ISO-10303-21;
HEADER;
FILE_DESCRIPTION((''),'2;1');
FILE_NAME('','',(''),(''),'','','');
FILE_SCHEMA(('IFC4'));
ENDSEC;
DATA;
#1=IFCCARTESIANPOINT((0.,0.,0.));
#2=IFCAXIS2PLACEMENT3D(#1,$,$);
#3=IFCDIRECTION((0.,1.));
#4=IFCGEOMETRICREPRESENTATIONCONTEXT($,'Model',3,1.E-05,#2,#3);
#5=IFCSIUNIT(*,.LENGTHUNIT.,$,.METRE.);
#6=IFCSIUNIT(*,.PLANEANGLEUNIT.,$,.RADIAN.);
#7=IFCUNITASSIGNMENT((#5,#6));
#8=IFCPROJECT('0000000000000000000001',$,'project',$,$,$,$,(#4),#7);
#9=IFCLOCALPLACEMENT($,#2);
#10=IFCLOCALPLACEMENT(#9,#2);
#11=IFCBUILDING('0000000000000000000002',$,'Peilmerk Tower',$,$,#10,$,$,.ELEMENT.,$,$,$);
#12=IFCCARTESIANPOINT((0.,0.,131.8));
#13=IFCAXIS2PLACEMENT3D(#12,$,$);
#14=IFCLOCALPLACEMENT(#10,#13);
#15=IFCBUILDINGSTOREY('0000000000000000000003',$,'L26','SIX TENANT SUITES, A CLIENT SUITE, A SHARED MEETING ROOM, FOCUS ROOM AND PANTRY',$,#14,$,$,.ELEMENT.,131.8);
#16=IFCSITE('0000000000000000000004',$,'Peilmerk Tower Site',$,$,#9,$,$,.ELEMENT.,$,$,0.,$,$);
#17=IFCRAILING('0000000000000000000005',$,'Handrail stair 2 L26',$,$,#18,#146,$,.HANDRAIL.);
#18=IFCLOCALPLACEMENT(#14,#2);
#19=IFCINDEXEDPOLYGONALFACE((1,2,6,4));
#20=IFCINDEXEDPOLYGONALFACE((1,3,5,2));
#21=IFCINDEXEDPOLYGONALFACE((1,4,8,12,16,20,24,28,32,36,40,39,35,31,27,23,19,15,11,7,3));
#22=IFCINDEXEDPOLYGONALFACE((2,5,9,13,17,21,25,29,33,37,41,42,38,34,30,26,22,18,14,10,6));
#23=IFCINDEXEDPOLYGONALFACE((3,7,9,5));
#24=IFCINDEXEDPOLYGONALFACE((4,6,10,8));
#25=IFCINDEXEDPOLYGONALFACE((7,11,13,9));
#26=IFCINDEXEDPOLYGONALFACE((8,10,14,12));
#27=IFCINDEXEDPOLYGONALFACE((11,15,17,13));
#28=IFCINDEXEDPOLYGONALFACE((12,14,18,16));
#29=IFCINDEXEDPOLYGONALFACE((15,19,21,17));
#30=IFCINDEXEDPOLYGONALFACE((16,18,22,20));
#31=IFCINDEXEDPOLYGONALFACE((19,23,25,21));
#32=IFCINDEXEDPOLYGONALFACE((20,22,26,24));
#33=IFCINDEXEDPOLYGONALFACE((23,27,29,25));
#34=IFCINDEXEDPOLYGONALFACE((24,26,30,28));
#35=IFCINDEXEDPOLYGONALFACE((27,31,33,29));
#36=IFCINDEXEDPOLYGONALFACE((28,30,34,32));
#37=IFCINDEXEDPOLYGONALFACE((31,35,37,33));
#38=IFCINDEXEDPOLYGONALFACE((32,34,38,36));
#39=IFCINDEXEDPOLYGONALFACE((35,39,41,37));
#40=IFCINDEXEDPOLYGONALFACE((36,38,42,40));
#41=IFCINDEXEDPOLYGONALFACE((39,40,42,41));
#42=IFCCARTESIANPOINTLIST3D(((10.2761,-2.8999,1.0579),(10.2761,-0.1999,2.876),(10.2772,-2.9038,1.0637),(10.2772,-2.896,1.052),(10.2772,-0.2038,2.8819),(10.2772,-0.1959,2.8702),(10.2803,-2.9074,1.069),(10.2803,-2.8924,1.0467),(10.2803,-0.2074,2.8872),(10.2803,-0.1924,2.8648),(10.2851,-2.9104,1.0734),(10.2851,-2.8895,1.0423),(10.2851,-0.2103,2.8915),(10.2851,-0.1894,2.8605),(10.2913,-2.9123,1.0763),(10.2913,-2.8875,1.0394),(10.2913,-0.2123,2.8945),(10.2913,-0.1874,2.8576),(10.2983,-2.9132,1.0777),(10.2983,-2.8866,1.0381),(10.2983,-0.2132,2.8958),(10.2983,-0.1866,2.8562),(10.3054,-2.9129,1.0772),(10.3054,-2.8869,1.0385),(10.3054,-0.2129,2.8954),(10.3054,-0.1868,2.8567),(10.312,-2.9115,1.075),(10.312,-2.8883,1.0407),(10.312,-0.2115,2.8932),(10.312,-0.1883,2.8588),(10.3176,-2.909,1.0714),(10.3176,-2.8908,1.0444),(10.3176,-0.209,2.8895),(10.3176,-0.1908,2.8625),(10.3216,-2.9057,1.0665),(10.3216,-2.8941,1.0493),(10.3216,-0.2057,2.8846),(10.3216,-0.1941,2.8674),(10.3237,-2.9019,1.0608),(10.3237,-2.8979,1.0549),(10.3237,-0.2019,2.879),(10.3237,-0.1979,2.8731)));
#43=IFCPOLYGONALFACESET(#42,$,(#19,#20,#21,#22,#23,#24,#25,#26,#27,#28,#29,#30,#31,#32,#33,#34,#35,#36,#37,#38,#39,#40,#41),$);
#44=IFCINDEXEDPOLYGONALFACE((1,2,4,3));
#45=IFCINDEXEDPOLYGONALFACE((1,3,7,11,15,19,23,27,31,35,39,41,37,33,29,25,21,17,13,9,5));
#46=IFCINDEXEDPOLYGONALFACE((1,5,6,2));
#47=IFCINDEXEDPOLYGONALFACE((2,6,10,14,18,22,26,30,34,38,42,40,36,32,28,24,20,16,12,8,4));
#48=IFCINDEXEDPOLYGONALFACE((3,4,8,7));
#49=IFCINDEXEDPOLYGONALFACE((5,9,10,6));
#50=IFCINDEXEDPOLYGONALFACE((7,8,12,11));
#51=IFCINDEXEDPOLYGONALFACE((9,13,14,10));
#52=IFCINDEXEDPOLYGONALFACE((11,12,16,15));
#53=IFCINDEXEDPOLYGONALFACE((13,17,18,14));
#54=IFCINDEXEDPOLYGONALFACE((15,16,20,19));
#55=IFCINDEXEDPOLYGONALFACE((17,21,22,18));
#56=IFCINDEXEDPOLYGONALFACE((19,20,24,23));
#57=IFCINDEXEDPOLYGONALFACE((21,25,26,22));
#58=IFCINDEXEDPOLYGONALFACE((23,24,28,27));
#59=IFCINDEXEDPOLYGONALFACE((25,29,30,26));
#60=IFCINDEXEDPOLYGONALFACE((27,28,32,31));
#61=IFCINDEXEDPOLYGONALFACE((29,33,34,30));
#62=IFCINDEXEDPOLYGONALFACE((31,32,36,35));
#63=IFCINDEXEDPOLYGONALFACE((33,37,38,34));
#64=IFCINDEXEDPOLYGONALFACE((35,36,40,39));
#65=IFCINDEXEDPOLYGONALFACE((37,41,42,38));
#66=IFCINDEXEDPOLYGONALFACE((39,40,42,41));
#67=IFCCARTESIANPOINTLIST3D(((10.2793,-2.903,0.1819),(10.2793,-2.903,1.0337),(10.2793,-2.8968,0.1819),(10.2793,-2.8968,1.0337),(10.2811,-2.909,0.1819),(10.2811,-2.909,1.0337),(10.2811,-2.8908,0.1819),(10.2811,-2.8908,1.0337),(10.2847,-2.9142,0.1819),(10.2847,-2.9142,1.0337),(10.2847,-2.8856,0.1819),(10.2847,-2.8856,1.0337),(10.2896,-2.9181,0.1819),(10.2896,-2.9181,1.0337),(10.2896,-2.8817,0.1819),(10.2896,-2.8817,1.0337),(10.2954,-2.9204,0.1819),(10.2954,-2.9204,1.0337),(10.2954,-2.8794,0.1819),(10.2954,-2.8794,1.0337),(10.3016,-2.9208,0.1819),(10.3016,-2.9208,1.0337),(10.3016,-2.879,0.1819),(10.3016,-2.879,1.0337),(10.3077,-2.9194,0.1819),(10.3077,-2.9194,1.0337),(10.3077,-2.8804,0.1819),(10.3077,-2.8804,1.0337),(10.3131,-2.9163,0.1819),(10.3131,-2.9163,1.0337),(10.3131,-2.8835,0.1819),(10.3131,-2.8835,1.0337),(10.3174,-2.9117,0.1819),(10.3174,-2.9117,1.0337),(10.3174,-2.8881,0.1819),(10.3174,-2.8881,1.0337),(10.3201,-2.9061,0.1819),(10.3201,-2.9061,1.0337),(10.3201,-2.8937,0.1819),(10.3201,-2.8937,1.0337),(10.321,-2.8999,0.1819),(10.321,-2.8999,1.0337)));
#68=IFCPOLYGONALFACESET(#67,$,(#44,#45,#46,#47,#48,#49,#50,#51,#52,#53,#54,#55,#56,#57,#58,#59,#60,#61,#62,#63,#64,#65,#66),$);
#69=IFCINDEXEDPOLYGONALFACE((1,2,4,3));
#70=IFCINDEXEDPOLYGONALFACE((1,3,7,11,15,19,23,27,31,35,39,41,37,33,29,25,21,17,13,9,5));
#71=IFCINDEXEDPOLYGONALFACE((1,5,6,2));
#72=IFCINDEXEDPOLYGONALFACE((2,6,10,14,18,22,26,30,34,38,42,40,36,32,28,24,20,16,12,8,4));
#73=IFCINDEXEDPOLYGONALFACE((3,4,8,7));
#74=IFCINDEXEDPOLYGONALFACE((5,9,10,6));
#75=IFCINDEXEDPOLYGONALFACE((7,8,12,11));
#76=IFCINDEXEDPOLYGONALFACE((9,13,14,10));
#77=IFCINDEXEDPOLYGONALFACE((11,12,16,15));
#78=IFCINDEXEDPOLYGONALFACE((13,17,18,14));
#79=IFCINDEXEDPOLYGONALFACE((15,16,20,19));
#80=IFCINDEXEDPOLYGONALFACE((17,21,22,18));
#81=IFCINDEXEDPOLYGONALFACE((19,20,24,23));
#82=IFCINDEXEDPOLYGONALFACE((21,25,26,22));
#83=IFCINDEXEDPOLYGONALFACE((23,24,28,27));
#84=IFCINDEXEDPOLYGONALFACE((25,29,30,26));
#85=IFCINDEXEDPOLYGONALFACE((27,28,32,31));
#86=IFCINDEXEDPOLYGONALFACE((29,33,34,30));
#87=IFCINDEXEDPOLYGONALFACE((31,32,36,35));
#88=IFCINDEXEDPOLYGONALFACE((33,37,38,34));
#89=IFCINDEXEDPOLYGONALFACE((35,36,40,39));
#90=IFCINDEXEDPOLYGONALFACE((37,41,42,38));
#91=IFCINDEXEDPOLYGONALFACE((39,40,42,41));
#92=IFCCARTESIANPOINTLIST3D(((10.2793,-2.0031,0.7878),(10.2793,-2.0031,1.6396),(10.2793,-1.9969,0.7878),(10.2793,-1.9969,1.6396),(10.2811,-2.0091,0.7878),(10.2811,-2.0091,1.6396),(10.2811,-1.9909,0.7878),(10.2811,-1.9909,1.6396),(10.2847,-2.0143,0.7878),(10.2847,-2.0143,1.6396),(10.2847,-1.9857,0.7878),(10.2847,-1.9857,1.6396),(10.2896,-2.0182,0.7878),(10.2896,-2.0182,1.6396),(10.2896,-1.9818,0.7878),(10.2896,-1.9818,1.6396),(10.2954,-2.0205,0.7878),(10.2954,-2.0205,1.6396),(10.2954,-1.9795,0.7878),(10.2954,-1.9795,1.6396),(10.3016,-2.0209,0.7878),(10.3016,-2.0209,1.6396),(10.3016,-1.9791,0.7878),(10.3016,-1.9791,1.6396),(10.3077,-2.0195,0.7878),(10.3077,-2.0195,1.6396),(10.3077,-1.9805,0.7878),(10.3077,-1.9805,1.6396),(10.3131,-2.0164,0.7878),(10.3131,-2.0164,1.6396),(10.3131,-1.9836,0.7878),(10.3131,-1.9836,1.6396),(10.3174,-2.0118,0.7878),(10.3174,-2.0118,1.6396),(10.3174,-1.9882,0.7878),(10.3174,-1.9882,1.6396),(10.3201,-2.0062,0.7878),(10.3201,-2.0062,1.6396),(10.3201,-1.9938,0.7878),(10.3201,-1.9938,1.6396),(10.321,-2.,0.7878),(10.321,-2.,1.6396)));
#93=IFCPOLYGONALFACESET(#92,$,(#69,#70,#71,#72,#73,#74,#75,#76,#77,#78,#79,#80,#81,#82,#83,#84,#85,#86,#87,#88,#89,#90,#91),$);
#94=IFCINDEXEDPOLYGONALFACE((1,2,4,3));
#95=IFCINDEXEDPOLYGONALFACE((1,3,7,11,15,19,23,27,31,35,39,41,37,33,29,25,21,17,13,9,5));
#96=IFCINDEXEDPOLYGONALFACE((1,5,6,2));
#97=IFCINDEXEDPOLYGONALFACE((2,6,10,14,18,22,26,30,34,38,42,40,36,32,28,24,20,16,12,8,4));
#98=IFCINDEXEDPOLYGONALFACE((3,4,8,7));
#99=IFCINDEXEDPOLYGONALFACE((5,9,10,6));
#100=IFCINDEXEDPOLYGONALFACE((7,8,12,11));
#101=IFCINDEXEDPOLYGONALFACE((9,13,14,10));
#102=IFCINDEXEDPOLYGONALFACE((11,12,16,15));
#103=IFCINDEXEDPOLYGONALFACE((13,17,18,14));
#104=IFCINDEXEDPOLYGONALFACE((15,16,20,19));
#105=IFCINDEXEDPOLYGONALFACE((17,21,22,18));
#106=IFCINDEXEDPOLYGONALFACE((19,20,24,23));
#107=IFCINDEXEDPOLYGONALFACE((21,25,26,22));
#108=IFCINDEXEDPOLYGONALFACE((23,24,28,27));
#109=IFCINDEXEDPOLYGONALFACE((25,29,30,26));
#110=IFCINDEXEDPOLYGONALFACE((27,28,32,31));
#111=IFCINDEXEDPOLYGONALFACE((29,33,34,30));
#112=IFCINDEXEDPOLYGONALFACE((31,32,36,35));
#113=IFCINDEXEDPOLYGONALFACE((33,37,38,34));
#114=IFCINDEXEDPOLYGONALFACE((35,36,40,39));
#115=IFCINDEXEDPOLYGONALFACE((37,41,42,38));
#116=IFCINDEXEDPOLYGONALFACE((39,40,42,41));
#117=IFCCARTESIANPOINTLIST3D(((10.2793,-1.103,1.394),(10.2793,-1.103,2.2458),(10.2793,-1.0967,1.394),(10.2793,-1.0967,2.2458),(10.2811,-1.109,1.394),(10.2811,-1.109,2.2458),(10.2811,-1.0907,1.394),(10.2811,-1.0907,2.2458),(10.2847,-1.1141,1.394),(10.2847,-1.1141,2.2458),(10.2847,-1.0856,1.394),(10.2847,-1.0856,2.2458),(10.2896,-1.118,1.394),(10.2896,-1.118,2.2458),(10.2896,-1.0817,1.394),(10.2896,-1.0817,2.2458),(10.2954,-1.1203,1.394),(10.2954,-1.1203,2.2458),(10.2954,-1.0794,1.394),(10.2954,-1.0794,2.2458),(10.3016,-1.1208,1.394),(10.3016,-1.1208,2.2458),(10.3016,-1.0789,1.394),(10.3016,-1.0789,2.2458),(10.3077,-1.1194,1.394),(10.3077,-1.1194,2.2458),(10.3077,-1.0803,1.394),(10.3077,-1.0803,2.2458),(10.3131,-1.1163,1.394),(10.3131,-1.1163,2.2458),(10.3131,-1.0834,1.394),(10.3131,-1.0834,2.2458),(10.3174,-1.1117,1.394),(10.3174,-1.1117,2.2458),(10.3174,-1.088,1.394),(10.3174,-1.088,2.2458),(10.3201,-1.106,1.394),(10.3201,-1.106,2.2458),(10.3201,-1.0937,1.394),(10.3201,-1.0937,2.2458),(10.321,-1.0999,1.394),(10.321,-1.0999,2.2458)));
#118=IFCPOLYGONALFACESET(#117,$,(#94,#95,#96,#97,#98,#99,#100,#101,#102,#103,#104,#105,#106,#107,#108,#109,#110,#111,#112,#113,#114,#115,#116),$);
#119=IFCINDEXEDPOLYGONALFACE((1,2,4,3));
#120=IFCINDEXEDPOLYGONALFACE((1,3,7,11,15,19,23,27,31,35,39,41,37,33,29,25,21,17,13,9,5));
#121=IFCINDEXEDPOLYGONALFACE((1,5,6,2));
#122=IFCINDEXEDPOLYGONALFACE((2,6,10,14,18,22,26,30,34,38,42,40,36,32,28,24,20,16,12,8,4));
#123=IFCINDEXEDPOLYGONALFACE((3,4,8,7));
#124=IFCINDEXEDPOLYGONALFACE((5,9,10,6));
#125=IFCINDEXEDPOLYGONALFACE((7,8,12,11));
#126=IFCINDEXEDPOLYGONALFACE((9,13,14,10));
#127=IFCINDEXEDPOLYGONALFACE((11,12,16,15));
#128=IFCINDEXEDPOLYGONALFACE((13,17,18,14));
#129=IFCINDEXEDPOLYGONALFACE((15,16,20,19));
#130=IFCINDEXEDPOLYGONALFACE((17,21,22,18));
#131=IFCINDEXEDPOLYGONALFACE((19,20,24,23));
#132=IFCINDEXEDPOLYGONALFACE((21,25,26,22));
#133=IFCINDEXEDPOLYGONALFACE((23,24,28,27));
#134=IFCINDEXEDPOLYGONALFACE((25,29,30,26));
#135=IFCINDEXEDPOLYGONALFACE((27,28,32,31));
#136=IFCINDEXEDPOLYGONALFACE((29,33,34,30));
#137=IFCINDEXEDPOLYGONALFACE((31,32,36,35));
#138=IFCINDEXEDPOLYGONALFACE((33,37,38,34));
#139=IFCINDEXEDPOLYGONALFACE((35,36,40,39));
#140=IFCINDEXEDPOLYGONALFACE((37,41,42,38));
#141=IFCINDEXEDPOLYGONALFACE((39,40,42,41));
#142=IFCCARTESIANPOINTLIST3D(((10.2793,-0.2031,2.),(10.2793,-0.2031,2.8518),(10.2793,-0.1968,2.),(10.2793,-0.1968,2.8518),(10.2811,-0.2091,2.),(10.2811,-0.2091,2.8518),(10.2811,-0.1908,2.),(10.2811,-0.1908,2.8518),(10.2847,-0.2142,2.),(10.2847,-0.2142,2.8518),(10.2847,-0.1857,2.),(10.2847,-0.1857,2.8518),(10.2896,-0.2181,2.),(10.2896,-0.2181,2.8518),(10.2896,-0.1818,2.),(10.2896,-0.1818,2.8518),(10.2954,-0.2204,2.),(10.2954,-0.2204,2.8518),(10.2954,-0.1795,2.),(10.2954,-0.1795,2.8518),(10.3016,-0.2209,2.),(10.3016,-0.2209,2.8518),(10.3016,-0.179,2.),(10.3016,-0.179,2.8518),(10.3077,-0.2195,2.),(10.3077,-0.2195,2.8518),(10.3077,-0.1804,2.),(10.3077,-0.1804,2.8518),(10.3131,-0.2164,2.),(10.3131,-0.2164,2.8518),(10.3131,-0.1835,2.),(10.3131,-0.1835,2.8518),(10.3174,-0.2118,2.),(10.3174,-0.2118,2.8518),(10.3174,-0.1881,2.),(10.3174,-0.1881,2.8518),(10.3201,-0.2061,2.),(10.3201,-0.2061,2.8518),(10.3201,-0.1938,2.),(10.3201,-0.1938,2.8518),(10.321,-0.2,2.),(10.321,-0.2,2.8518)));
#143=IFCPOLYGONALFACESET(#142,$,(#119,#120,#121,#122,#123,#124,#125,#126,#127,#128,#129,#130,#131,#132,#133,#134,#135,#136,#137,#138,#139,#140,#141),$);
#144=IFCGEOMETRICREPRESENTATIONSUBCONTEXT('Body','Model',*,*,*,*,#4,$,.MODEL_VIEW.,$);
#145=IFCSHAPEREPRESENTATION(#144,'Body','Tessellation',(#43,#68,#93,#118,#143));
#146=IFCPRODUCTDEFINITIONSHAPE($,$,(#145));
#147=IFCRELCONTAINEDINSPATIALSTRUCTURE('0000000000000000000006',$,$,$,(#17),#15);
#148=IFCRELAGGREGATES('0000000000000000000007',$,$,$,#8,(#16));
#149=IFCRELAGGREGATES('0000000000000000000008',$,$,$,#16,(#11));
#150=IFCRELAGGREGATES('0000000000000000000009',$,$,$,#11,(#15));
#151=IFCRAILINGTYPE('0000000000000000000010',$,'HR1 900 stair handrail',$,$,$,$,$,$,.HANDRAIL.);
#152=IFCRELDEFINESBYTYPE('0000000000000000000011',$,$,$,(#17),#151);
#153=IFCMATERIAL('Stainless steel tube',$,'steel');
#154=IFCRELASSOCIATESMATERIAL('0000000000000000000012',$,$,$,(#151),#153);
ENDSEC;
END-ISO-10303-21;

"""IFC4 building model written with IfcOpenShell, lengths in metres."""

from ifc_helpers import new_model, si_unit, direction, frame, origin, origin_2d, place, context, subcontext, project, spatial, circle, extrude, material, type_object, element, save


model = new_model("IFC4")

# Units and contexts
model_context = context("Model", 3, precision=1e-05, world=origin(), true_north=direction((0.0, 1.0)))
body_context = subcontext(model_context, "Body", "Model", "MODEL_VIEW")
ifc_project = project(units=[si_unit("LENGTHUNIT", "METRE"), si_unit("PLANEANGLEUNIT", "RADIAN")], contexts=[model_context])

# Site, building, storey
site_placement = place(None, origin())
site = spatial("IfcSite", under=ifc_project, at=site_placement, Name="Peilmerk Tower Site", CompositionType="ELEMENT", RefElevation=0.0)
building_placement = place(site_placement, origin())
building = spatial("IfcBuilding", under=site, at=building_placement, Name="Peilmerk Tower", CompositionType="ELEMENT")
storey_placement = place(building_placement, frame((0.0, 0.0, 131.8)))
storey = spatial("IfcBuildingStorey", under=building, at=storey_placement, Name="L26", Description="SIX TENANT SUITES, A CLIENT SUITE, A SHARED MEETING ROOM, FOCUS ROOM AND PANTRY", CompositionType="ELEMENT", Elevation=131.8)

# Railing
ifc_material_1 = material(Name="Stainless steel tube", Category="steel")
railing_type_1 = type_object("IfcRailingType", Name="HR1 900 stair handrail", PredefinedType="HANDRAIL", material=ifc_material_1)
railing_1_placement = place(storey_placement, frame((10.3, -2.8999, 0.1819)))
element("IfcRailing", 1, at=railing_1_placement, inside=storey, type_object=railing_type_1, Name="Handrail stair 2 L26", PredefinedType="HANDRAIL", context=body_context, shape_type="SweptSolid", body=[
    extrude(circle(Radius=0.0239, at=origin_2d()), frame((0.0, 0.0, 0.876), z_axis=(0.0, 0.829468, 0.558554), x_axis=(-1.0, 0.0, 0.0)), (0.0, 0.0, 1.0), 3.2551),
    extrude(circle(Radius=0.021, at=origin_2d()), origin(), (0.0, 0.0, 1.0), 0.8518),
    extrude(circle(Radius=0.021, at=origin_2d()), frame((0.0, 0.8999, 0.606)), (0.0, 0.0, 1.0), 0.8518),
    extrude(circle(Radius=0.021, at=origin_2d()), frame((0.0, 1.8, 1.2122)), (0.0, 0.0, 1.0), 0.8518),
    extrude(circle(Radius=0.021, at=origin_2d()), frame((0.0, 2.7, 1.8181)), (0.0, 0.0, 1.0), 0.8518),
])

save(model, "model.ifc")
